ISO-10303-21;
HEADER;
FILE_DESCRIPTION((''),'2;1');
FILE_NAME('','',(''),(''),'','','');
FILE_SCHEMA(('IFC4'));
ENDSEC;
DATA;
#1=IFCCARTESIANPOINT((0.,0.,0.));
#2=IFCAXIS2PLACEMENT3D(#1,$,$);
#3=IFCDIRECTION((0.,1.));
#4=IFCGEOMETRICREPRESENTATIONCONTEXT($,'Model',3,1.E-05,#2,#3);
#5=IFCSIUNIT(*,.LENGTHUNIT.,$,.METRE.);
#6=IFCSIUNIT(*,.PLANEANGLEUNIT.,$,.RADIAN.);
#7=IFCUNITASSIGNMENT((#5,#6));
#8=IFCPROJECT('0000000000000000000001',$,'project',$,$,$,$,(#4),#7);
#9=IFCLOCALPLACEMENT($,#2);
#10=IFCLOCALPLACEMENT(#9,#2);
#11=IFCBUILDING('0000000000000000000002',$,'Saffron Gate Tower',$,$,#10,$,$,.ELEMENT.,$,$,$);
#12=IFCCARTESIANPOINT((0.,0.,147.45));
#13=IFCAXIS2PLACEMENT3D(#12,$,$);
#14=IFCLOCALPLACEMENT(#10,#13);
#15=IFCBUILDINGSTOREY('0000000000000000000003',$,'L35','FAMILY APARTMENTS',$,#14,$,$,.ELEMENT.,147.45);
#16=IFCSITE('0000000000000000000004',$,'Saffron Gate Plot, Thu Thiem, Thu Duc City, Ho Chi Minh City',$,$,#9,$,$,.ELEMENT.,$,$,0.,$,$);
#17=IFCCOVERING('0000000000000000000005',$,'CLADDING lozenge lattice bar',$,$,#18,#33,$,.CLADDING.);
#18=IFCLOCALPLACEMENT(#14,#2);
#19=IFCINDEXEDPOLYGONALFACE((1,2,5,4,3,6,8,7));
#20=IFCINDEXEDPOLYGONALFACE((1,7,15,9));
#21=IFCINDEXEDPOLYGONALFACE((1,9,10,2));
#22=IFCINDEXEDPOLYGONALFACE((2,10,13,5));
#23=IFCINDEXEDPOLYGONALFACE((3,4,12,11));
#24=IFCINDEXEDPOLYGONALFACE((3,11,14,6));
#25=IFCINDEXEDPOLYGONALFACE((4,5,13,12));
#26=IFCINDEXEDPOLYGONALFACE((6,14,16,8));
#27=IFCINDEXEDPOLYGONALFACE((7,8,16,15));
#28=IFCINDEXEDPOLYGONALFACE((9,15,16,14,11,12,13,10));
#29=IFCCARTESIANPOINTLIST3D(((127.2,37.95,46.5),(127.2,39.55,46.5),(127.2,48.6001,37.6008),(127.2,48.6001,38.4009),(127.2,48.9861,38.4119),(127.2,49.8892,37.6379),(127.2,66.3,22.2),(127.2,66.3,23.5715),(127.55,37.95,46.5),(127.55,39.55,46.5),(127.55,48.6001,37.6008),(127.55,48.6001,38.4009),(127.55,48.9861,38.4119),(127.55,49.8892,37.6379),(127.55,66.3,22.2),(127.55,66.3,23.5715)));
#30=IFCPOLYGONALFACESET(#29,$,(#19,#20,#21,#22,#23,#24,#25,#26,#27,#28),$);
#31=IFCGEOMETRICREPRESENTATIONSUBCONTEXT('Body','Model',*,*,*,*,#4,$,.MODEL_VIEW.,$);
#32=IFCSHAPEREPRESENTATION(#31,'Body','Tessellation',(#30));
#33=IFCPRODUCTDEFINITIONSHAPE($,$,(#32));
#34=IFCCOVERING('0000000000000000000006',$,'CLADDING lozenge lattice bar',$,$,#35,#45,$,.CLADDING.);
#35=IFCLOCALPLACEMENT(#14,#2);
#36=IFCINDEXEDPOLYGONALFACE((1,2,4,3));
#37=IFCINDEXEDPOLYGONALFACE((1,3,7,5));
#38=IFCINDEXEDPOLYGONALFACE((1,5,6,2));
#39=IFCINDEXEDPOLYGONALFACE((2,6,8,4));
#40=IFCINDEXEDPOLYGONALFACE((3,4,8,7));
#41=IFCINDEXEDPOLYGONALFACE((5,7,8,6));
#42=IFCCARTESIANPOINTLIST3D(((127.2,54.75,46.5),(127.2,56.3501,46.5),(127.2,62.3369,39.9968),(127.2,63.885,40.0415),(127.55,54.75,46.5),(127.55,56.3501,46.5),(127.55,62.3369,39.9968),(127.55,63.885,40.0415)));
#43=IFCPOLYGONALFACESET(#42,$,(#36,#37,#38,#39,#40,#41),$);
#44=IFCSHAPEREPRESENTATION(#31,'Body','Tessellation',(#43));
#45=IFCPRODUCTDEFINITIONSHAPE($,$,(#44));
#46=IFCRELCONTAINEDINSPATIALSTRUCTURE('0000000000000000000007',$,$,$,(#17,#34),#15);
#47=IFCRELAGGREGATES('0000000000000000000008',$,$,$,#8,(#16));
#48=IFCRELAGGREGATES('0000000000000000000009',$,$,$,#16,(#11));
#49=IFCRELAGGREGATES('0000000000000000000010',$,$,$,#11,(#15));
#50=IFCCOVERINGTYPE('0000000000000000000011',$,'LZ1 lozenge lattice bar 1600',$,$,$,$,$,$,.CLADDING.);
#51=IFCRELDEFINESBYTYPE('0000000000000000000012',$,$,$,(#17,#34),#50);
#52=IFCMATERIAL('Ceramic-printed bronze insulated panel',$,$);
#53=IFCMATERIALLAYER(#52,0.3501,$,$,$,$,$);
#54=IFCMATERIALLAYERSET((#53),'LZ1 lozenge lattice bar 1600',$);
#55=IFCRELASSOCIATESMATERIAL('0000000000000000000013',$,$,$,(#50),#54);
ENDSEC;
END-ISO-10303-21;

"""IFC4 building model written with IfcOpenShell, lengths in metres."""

from ifc_helpers import new_model, si_unit, direction, frame, origin, place, context, subcontext, project, spatial, polyline, outline, extrude, material, layer, layer_set, type_object, element, save


model = new_model("IFC4")

# Units and contexts
model_context = context("Model", 3, precision=1e-05, world=origin(), true_north=direction((0.0, 1.0)))
body_context = subcontext(model_context, "Body", "Model", "MODEL_VIEW")
ifc_project = project(units=[si_unit("LENGTHUNIT", "METRE"), si_unit("PLANEANGLEUNIT", "RADIAN")], contexts=[model_context])

# Site, building, storey
site_placement = place(None, origin())
site = spatial("IfcSite", under=ifc_project, at=site_placement, Name="Saffron Gate Plot, Thu Thiem, Thu Duc City, Ho Chi Minh City", CompositionType="ELEMENT", RefElevation=0.0)
building_placement = place(site_placement, origin())
building = spatial("IfcBuilding", under=site, at=building_placement, Name="Saffron Gate Tower", CompositionType="ELEMENT")
storey_placement = place(building_placement, frame((0.0, 0.0, 147.45)))
storey = spatial("IfcBuildingStorey", under=building, at=storey_placement, Name="L35", Description="FAMILY APARTMENTS", CompositionType="ELEMENT", Elevation=147.45)

# Coverings
ifc_material_1 = material(Name="Ceramic-printed bronze insulated panel")
ifc_layer_1 = layer(ifc_material_1, 0.3501)
ifc_layer_set_1 = layer_set([ifc_layer_1], Name="LZ1 lozenge lattice bar 1600")
covering_type_1 = type_object("IfcCoveringType", Name="LZ1 lozenge lattice bar 1600", PredefinedType="CLADDING", material=ifc_layer_set_1)
covering_1_placement = place(storey_placement, frame((127.55, 66.3, 22.2), z_axis=(1.0, 0.0, 0.0), x_axis=(0.0, 0.0, 1.0)))
element("IfcCovering", 1, at=covering_1_placement, inside=storey, type_object=covering_type_1, Name="CLADDING lozenge lattice bar", PredefinedType="CLADDING", context=body_context, shape_type="SweptSolid", body=[
    extrude(outline(polyline([(0.0, 0.0), (1.3716, 0.0), (15.438, 16.4109), (15.4009, 17.7), (16.2009, 17.7), (16.2119, 17.314), (24.3, 26.75), (24.3, 28.3501), (0.0, 0.0)])), origin(), (0.0, 0.0, -1.0), 0.3501),
])
covering_2_placement = place(storey_placement, frame((127.55, 62.3369, 39.9968), z_axis=(1.0, 0.0, 0.0), x_axis=(0.0, 0.999584, 0.028848)))
element("IfcCovering", 2, at=covering_2_placement, inside=storey, type_object=covering_type_1, Name="CLADDING lozenge lattice bar", PredefinedType="CLADDING", context=body_context, shape_type="SweptSolid", body=[
    extrude(outline(polyline([(0.0, 0.0), (1.5487, 0.0), (-5.7967, 6.6732), (-7.3962, 6.7193), (0.0, 0.0)])), origin(), (0.0, 0.0, -1.0), 0.3501),
])

save(model, "model.ifc")
